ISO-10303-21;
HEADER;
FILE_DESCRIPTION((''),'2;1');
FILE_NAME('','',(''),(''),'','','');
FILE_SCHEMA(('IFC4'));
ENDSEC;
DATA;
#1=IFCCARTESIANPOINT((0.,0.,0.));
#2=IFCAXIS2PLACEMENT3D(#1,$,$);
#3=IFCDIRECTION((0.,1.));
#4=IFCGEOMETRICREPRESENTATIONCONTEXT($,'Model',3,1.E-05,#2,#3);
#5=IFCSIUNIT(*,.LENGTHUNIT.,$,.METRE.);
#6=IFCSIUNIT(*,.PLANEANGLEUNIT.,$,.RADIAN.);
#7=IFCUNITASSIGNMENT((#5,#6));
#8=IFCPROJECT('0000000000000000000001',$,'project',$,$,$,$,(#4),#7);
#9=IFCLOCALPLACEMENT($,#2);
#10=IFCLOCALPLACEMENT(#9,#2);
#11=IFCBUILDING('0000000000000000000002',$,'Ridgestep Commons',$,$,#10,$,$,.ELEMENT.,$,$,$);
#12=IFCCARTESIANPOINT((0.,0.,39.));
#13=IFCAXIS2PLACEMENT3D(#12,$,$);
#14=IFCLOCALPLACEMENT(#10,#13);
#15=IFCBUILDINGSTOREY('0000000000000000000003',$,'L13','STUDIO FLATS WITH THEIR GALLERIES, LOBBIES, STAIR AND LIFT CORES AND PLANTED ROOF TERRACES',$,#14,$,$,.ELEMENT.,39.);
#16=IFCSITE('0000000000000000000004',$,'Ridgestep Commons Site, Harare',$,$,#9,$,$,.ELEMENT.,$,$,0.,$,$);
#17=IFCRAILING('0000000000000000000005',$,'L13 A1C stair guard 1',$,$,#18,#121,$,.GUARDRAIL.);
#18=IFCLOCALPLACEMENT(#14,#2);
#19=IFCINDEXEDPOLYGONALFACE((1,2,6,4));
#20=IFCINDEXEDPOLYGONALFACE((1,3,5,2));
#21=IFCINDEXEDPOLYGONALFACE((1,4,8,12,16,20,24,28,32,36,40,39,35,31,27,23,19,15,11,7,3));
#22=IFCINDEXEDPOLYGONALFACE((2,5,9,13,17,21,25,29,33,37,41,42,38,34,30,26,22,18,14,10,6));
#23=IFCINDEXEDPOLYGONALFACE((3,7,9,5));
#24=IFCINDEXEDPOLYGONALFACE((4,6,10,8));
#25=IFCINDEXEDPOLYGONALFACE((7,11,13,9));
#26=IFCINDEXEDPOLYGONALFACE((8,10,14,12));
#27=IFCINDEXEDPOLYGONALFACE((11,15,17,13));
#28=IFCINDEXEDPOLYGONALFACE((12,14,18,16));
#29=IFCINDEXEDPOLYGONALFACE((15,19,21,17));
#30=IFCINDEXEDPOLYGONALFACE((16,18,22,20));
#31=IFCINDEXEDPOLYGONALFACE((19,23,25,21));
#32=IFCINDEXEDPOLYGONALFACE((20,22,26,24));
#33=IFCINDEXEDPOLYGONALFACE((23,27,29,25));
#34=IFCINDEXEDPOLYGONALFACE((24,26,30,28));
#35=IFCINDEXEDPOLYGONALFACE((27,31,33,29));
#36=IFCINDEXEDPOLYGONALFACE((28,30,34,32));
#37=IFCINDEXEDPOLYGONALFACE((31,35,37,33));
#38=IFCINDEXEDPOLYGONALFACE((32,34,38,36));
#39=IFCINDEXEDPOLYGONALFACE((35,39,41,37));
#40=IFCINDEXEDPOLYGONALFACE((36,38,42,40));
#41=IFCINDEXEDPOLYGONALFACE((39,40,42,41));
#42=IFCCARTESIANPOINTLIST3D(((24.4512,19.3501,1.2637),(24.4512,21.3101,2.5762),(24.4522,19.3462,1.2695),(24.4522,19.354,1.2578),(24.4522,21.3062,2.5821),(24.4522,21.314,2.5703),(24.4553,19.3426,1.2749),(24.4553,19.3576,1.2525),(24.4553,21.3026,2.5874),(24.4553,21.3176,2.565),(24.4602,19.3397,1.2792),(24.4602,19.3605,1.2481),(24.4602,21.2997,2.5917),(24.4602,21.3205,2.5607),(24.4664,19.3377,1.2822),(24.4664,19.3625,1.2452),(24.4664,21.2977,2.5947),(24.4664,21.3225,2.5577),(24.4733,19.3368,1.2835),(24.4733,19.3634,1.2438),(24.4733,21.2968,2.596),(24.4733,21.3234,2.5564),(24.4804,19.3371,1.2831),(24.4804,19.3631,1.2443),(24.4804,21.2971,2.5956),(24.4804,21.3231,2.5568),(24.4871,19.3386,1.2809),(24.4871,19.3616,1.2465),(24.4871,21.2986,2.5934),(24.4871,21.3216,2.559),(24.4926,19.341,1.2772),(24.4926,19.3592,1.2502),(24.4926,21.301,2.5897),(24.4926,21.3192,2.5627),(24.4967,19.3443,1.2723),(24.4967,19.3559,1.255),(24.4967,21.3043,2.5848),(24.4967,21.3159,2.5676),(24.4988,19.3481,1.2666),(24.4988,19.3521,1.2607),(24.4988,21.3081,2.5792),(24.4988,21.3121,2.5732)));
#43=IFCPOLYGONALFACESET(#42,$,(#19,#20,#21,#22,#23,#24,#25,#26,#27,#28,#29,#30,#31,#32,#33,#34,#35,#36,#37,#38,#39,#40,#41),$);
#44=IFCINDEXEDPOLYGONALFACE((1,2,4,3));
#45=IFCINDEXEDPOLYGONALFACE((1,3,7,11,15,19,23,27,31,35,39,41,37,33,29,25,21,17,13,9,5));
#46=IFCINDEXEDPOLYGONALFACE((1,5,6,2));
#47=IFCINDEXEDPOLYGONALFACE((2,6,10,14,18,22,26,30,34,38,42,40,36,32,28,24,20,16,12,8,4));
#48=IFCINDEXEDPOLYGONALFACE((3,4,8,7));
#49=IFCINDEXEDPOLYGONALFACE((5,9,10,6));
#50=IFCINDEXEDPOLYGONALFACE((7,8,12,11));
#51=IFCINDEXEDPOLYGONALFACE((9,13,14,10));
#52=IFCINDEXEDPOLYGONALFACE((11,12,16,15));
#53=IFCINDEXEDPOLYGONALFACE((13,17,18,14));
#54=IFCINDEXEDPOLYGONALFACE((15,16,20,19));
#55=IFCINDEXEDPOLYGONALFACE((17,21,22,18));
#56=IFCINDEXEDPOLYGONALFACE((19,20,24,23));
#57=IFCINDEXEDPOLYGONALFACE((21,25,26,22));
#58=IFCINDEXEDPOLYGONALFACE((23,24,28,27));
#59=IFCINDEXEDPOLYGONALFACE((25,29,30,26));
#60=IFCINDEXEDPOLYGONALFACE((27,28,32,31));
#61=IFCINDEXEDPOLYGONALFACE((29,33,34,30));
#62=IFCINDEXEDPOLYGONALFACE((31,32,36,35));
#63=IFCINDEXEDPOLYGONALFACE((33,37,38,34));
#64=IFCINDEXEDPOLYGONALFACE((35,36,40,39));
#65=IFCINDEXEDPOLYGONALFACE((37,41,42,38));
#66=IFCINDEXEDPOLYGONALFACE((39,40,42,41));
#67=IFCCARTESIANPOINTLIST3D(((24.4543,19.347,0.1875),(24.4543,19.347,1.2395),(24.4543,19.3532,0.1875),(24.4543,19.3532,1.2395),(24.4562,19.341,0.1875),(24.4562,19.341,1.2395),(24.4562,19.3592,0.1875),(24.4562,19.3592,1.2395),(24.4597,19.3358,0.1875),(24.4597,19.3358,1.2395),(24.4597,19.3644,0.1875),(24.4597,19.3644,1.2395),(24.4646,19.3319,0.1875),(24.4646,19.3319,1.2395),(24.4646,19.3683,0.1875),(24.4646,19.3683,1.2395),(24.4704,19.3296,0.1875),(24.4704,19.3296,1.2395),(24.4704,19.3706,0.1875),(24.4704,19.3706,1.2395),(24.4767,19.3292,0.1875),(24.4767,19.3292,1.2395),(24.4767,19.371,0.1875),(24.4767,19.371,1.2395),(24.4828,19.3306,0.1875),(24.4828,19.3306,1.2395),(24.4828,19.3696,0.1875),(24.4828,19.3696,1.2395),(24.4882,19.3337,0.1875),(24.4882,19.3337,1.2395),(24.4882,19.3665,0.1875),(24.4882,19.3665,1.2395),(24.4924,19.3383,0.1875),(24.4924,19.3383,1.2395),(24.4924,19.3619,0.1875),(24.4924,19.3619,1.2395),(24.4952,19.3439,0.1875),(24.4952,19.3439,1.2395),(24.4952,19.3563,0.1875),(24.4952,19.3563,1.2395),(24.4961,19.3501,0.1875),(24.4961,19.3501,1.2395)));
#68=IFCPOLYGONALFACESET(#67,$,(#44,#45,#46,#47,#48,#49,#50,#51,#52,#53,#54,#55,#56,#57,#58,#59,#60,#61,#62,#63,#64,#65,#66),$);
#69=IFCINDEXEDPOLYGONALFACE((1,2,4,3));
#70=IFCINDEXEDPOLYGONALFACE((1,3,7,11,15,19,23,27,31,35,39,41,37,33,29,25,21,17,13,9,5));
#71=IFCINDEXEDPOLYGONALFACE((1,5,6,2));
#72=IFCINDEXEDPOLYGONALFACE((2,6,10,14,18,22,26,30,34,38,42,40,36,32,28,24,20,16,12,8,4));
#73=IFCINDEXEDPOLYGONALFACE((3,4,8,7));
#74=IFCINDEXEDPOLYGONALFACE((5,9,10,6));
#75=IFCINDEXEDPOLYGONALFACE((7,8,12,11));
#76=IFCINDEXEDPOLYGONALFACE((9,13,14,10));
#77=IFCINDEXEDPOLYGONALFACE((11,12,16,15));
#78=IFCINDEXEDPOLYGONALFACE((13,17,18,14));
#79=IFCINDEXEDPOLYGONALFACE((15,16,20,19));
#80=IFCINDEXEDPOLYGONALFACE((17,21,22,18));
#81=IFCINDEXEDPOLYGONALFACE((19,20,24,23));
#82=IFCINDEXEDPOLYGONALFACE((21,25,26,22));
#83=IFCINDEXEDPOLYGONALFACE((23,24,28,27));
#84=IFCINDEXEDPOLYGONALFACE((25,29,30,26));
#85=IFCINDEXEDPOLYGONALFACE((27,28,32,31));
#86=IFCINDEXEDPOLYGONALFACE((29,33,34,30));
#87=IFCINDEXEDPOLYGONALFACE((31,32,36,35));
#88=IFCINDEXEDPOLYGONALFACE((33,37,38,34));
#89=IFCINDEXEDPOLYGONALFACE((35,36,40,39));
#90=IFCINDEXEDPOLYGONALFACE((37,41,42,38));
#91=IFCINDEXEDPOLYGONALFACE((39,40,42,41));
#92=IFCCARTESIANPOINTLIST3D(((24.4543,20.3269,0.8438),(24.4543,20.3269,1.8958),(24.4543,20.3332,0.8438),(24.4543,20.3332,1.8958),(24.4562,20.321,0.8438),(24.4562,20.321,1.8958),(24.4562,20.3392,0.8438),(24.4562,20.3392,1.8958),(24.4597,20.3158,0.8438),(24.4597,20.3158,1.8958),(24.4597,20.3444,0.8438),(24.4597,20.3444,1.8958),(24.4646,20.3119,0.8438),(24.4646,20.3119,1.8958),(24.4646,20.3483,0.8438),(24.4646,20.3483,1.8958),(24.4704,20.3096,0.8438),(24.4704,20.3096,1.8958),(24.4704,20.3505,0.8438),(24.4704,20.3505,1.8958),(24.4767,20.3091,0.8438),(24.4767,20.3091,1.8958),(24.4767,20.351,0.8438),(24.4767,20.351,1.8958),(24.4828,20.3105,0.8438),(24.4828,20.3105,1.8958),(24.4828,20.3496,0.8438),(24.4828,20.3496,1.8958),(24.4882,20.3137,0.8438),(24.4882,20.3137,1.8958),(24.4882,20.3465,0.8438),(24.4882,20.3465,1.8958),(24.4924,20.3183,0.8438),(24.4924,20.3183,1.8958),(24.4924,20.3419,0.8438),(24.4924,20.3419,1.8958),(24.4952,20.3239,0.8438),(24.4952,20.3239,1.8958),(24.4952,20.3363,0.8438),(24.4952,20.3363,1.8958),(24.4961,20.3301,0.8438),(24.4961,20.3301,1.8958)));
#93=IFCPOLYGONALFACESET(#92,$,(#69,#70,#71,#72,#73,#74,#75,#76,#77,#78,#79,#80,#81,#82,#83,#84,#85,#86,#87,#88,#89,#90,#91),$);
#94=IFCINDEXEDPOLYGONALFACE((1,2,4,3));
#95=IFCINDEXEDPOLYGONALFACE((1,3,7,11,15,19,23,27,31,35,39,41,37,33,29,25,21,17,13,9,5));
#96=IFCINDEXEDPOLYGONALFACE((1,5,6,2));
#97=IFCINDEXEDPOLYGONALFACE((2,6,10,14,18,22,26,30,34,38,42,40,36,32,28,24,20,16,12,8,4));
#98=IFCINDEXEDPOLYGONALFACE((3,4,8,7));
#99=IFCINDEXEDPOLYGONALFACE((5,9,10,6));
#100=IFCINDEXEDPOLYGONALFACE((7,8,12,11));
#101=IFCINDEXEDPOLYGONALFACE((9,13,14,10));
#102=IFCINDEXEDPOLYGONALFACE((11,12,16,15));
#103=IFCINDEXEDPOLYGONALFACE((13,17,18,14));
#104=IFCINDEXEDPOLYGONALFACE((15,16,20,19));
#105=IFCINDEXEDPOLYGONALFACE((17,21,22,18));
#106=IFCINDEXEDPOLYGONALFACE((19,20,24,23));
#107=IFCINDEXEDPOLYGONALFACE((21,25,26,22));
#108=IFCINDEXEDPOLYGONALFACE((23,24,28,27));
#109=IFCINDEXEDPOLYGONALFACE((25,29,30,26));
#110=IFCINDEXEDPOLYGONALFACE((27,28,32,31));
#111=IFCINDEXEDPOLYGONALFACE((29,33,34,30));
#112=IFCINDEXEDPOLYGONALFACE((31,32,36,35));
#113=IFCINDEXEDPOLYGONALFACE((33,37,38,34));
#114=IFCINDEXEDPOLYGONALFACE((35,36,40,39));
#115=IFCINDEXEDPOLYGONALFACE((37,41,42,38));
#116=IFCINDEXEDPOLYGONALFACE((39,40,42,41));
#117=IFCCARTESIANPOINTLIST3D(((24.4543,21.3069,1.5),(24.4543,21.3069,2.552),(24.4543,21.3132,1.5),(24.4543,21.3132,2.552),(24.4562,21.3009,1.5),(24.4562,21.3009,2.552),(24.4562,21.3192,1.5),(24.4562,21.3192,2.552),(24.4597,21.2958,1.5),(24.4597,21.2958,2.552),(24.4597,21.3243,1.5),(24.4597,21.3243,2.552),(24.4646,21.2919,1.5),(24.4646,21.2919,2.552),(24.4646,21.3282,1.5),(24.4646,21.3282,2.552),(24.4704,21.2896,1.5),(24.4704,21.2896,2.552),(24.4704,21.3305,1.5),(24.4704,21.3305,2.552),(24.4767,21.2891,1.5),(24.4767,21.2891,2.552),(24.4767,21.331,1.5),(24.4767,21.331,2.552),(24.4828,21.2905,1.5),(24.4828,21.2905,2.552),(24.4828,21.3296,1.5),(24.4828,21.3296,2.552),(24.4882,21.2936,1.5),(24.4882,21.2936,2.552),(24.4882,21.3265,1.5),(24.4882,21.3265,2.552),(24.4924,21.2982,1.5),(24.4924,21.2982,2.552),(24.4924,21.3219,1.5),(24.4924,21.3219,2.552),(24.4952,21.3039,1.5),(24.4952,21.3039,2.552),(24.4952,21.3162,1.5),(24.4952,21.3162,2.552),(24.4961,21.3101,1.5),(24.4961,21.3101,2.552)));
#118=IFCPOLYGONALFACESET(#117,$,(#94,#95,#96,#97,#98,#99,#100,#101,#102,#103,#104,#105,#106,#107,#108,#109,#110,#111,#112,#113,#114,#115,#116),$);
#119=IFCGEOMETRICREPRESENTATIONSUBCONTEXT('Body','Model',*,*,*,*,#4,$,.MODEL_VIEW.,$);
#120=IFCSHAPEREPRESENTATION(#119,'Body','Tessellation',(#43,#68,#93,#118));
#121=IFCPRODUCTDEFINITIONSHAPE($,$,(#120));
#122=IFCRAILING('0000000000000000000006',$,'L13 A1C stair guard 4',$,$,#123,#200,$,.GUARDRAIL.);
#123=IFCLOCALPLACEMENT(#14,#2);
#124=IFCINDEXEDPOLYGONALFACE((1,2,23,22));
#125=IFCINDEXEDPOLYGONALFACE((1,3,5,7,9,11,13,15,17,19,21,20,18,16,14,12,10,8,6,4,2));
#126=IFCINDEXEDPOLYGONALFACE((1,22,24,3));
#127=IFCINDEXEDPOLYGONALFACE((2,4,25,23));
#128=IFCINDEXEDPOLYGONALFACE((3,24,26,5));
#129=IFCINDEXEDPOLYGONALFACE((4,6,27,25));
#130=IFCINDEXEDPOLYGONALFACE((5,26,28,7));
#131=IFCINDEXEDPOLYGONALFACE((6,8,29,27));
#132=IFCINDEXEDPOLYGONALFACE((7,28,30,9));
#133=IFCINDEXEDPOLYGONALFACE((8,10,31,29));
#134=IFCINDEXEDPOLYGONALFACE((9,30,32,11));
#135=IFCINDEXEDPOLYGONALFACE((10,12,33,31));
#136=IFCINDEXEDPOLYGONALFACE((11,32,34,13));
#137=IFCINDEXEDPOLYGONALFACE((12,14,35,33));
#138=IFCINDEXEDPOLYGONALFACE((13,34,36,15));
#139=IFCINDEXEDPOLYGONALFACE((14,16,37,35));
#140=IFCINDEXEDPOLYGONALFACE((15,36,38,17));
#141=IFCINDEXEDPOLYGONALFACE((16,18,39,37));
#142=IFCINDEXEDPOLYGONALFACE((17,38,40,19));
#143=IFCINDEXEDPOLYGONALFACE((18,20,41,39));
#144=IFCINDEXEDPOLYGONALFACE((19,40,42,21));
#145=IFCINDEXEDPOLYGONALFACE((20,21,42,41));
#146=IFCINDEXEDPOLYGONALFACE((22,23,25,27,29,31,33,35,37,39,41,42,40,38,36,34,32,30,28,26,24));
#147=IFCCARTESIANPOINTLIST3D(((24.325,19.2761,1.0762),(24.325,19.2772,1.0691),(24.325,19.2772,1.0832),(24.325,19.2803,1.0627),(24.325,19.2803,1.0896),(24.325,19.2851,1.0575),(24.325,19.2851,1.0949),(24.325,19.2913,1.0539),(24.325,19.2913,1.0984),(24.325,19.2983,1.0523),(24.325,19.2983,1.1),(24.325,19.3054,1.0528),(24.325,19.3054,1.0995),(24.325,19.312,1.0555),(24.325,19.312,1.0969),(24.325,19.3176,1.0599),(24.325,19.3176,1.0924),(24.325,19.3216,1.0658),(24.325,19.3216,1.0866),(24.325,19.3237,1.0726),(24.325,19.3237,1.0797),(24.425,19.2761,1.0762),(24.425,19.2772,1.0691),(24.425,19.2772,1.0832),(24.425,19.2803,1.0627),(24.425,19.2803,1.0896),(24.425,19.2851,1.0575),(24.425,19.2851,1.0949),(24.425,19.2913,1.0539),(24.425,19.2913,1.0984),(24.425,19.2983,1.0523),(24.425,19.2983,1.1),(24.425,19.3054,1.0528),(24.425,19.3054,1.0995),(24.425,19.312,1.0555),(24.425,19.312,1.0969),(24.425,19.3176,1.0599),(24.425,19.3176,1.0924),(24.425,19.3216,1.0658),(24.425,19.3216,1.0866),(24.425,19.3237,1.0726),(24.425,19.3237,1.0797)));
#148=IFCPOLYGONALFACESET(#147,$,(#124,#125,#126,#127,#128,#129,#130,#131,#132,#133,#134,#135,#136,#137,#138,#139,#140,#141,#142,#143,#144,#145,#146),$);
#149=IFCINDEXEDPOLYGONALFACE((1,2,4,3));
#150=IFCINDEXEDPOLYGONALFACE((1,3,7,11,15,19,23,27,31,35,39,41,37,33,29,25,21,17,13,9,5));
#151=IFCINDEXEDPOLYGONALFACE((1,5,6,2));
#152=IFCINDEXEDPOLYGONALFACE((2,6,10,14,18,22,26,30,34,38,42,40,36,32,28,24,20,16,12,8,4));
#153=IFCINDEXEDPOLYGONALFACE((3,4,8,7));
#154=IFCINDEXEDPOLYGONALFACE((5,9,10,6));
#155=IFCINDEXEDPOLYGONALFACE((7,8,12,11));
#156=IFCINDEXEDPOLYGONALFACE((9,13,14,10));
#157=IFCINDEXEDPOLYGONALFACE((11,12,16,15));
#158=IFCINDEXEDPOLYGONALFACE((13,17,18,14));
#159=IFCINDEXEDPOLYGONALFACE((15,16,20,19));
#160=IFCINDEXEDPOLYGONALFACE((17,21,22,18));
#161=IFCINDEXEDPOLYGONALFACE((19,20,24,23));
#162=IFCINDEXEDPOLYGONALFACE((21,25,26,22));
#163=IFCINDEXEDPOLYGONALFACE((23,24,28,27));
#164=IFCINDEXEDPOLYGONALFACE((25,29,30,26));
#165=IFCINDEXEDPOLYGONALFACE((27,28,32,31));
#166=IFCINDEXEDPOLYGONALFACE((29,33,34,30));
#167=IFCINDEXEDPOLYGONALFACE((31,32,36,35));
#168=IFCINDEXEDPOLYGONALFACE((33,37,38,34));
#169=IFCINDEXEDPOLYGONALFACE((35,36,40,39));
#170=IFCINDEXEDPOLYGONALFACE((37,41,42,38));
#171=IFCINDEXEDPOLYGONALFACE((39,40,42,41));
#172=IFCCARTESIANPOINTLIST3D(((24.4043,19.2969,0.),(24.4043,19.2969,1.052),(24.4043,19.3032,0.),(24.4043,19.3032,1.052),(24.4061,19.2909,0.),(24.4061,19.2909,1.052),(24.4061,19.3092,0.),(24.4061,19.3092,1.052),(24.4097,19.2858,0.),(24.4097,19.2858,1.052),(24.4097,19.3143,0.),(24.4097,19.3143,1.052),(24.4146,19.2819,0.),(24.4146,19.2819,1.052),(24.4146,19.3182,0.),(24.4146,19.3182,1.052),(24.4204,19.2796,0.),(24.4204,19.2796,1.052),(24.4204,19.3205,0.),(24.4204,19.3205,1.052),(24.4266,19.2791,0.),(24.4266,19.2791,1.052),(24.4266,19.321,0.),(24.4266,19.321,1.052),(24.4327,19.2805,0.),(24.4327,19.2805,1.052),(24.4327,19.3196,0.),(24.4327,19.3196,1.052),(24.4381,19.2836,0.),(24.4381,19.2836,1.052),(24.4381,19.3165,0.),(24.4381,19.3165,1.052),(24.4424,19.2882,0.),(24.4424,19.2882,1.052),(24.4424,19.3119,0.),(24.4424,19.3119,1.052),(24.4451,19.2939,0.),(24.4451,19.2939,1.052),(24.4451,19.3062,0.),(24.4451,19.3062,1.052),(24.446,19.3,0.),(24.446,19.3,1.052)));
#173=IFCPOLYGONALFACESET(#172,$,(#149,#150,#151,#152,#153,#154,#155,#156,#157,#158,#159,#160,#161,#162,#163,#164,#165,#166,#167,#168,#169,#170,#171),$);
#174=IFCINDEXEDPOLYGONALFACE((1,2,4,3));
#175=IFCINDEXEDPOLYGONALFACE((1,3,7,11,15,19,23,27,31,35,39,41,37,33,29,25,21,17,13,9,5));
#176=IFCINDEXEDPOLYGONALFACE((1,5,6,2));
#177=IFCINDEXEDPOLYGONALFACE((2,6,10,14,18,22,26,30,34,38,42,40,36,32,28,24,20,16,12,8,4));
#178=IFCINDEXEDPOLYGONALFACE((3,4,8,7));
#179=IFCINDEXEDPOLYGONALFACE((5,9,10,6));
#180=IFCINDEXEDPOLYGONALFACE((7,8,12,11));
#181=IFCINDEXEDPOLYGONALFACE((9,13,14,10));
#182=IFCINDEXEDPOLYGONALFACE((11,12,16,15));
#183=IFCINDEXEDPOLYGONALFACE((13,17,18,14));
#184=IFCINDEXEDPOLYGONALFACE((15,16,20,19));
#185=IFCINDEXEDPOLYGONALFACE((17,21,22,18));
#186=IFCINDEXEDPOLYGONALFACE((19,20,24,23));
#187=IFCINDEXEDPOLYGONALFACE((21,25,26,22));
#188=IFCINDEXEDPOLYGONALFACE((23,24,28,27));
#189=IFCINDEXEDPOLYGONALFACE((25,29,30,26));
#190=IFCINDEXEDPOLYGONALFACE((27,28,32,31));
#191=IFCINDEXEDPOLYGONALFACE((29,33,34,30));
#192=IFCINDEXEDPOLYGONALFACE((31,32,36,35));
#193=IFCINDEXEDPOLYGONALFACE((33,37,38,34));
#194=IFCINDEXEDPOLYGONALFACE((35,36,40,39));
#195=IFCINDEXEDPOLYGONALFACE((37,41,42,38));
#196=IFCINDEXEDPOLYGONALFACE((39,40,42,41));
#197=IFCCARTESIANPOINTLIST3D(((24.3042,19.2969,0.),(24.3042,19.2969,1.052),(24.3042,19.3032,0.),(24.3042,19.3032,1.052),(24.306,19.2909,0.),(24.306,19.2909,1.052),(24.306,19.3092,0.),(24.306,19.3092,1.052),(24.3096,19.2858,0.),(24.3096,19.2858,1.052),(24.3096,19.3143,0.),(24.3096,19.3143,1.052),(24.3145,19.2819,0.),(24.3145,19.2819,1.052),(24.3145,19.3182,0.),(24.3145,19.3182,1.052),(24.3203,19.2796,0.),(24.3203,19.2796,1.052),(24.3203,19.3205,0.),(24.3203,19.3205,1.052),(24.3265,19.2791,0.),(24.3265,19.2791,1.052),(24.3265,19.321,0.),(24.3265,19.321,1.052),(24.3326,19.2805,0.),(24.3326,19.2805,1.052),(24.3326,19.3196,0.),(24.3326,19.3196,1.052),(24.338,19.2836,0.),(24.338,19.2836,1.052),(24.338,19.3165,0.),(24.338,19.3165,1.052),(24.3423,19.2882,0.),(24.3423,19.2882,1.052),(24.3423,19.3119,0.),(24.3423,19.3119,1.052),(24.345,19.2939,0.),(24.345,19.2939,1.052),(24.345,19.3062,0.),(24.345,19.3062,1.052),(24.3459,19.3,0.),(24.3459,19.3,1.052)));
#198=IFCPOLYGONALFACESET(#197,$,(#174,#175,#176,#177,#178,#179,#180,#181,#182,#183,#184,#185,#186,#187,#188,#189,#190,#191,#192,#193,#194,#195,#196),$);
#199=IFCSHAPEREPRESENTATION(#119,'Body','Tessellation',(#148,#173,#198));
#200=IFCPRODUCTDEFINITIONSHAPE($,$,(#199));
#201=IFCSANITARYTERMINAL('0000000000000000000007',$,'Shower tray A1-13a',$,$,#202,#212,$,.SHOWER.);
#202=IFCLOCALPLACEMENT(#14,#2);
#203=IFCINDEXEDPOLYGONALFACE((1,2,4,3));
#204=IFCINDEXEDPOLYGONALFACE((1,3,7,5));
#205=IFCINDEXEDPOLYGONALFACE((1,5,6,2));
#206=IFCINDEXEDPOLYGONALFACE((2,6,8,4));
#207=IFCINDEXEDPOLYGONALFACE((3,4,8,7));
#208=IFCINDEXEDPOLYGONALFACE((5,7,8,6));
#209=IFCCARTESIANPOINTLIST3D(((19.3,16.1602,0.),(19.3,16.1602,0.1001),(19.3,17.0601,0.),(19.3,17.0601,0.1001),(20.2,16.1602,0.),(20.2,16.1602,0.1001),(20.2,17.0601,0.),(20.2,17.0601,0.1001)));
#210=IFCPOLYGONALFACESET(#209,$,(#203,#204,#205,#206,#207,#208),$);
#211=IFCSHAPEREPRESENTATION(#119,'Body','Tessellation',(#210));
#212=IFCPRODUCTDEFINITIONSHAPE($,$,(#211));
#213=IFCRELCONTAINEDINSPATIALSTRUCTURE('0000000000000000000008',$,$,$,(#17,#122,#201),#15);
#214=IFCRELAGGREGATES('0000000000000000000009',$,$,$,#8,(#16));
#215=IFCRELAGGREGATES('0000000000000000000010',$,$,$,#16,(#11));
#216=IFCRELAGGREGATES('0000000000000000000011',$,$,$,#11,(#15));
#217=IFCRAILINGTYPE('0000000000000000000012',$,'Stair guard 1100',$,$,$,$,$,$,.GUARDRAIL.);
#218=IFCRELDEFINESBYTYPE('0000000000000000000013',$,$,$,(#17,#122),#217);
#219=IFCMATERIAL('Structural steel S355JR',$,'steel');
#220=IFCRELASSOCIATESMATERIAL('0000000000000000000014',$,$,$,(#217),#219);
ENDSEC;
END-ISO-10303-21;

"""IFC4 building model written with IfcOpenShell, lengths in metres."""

from ifc_helpers import new_model, si_unit, direction, frame, origin, origin_2d, place, context, subcontext, project, spatial, rectangle, circle, extrude, material, type_object, element, save


model = new_model("IFC4")

# Units and contexts
model_context = context("Model", 3, precision=1e-05, world=origin(), true_north=direction((0.0, 1.0)))
body_context = subcontext(model_context, "Body", "Model", "MODEL_VIEW")
ifc_project = project(units=[si_unit("LENGTHUNIT", "METRE"), si_unit("PLANEANGLEUNIT", "RADIAN")], contexts=[model_context])

# Site, building, storey
site_placement = place(None, origin())
site = spatial("IfcSite", under=ifc_project, at=site_placement, Name="Ridgestep Commons Site, Harare", CompositionType="ELEMENT", RefElevation=0.0)
building_placement = place(site_placement, origin())
building = spatial("IfcBuilding", under=site, at=building_placement, Name="Ridgestep Commons", CompositionType="ELEMENT")
storey_placement = place(building_placement, frame((0.0, 0.0, 39.0)))
storey = spatial("IfcBuildingStorey", under=building, at=storey_placement, Name="L13", Description="STUDIO FLATS WITH THEIR GALLERIES, LOBBIES, STAIR AND LIFT CORES AND PLANTED ROOF TERRACES", CompositionType="ELEMENT", Elevation=39.0)

# Railings
ifc_material_1 = material(Name="Structural steel S355JR", Category="steel")
railing_type_1 = type_object("IfcRailingType", Name="Stair guard 1100", PredefinedType="GUARDRAIL", material=ifc_material_1)
railing_1_placement = place(storey_placement, frame((24.4751, 19.3501, 0.1875)))
element("IfcRailing", 1, at=railing_1_placement, inside=storey, type_object=railing_type_1, Name="L13 A1C stair guard 1", PredefinedType="GUARDRAIL", context=body_context, shape_type="SweptSolid", body=[
    extrude(circle(Radius=0.0239, at=origin_2d()), frame((0.0, 0.0, 1.0762), z_axis=(0.0, 0.830902, 0.556419), x_axis=(-1.0, 0.0, 0.0)), (0.0, 0.0, 1.0), 2.3589),
    extrude(circle(Radius=0.021, at=origin_2d()), origin(), (0.0, 0.0, 1.0), 1.052),
    extrude(circle(Radius=0.021, at=origin_2d()), frame((0.0, 0.98, 0.6562)), (0.0, 0.0, 1.0), 1.052),
    extrude(circle(Radius=0.021, at=origin_2d()), frame((0.0, 1.96, 1.3125)), (0.0, 0.0, 1.0), 1.052),
])
railing_2_placement = place(storey_placement, frame((24.425, 19.3, 0.0)))
element("IfcRailing", 2, at=railing_2_placement, inside=storey, type_object=railing_type_1, Name="L13 A1C stair guard 4", PredefinedType="GUARDRAIL", context=body_context, shape_type="SweptSolid", body=[
    extrude(circle(Radius=0.0239, at=origin_2d()), frame((0.0, 0.0, 1.0762), z_axis=(-1.0, 0.0, 0.0), x_axis=(0.0, -1.0, 0.0)), (0.0, 0.0, 1.0), 0.1001),
    extrude(circle(Radius=0.021, at=origin_2d()), origin(), (0.0, 0.0, 1.0), 1.052),
    extrude(circle(Radius=0.021, at=origin_2d()), frame((-0.1001, 0.0, 0.0)), (0.0, 0.0, 1.0), 1.052),
])

# Sanitary terminal
sanitary_terminal_1_placement = place(storey_placement, frame((19.75, 16.6101, 0.0), z_axis=(0.0, 0.0, 1.0), x_axis=(1.0, 0.0, 0.0)))
element("IfcSanitaryTerminal", 3, at=sanitary_terminal_1_placement, inside=storey, Name="Shower tray A1-13a", PredefinedType="SHOWER", context=body_context, shape_type="SweptSolid", body=[
    extrude(rectangle(XDim=0.8999, YDim=0.8999, at=origin_2d()), origin(), (0.0, 0.0, 1.0), 0.1001),
])

save(model, "model.ifc")
